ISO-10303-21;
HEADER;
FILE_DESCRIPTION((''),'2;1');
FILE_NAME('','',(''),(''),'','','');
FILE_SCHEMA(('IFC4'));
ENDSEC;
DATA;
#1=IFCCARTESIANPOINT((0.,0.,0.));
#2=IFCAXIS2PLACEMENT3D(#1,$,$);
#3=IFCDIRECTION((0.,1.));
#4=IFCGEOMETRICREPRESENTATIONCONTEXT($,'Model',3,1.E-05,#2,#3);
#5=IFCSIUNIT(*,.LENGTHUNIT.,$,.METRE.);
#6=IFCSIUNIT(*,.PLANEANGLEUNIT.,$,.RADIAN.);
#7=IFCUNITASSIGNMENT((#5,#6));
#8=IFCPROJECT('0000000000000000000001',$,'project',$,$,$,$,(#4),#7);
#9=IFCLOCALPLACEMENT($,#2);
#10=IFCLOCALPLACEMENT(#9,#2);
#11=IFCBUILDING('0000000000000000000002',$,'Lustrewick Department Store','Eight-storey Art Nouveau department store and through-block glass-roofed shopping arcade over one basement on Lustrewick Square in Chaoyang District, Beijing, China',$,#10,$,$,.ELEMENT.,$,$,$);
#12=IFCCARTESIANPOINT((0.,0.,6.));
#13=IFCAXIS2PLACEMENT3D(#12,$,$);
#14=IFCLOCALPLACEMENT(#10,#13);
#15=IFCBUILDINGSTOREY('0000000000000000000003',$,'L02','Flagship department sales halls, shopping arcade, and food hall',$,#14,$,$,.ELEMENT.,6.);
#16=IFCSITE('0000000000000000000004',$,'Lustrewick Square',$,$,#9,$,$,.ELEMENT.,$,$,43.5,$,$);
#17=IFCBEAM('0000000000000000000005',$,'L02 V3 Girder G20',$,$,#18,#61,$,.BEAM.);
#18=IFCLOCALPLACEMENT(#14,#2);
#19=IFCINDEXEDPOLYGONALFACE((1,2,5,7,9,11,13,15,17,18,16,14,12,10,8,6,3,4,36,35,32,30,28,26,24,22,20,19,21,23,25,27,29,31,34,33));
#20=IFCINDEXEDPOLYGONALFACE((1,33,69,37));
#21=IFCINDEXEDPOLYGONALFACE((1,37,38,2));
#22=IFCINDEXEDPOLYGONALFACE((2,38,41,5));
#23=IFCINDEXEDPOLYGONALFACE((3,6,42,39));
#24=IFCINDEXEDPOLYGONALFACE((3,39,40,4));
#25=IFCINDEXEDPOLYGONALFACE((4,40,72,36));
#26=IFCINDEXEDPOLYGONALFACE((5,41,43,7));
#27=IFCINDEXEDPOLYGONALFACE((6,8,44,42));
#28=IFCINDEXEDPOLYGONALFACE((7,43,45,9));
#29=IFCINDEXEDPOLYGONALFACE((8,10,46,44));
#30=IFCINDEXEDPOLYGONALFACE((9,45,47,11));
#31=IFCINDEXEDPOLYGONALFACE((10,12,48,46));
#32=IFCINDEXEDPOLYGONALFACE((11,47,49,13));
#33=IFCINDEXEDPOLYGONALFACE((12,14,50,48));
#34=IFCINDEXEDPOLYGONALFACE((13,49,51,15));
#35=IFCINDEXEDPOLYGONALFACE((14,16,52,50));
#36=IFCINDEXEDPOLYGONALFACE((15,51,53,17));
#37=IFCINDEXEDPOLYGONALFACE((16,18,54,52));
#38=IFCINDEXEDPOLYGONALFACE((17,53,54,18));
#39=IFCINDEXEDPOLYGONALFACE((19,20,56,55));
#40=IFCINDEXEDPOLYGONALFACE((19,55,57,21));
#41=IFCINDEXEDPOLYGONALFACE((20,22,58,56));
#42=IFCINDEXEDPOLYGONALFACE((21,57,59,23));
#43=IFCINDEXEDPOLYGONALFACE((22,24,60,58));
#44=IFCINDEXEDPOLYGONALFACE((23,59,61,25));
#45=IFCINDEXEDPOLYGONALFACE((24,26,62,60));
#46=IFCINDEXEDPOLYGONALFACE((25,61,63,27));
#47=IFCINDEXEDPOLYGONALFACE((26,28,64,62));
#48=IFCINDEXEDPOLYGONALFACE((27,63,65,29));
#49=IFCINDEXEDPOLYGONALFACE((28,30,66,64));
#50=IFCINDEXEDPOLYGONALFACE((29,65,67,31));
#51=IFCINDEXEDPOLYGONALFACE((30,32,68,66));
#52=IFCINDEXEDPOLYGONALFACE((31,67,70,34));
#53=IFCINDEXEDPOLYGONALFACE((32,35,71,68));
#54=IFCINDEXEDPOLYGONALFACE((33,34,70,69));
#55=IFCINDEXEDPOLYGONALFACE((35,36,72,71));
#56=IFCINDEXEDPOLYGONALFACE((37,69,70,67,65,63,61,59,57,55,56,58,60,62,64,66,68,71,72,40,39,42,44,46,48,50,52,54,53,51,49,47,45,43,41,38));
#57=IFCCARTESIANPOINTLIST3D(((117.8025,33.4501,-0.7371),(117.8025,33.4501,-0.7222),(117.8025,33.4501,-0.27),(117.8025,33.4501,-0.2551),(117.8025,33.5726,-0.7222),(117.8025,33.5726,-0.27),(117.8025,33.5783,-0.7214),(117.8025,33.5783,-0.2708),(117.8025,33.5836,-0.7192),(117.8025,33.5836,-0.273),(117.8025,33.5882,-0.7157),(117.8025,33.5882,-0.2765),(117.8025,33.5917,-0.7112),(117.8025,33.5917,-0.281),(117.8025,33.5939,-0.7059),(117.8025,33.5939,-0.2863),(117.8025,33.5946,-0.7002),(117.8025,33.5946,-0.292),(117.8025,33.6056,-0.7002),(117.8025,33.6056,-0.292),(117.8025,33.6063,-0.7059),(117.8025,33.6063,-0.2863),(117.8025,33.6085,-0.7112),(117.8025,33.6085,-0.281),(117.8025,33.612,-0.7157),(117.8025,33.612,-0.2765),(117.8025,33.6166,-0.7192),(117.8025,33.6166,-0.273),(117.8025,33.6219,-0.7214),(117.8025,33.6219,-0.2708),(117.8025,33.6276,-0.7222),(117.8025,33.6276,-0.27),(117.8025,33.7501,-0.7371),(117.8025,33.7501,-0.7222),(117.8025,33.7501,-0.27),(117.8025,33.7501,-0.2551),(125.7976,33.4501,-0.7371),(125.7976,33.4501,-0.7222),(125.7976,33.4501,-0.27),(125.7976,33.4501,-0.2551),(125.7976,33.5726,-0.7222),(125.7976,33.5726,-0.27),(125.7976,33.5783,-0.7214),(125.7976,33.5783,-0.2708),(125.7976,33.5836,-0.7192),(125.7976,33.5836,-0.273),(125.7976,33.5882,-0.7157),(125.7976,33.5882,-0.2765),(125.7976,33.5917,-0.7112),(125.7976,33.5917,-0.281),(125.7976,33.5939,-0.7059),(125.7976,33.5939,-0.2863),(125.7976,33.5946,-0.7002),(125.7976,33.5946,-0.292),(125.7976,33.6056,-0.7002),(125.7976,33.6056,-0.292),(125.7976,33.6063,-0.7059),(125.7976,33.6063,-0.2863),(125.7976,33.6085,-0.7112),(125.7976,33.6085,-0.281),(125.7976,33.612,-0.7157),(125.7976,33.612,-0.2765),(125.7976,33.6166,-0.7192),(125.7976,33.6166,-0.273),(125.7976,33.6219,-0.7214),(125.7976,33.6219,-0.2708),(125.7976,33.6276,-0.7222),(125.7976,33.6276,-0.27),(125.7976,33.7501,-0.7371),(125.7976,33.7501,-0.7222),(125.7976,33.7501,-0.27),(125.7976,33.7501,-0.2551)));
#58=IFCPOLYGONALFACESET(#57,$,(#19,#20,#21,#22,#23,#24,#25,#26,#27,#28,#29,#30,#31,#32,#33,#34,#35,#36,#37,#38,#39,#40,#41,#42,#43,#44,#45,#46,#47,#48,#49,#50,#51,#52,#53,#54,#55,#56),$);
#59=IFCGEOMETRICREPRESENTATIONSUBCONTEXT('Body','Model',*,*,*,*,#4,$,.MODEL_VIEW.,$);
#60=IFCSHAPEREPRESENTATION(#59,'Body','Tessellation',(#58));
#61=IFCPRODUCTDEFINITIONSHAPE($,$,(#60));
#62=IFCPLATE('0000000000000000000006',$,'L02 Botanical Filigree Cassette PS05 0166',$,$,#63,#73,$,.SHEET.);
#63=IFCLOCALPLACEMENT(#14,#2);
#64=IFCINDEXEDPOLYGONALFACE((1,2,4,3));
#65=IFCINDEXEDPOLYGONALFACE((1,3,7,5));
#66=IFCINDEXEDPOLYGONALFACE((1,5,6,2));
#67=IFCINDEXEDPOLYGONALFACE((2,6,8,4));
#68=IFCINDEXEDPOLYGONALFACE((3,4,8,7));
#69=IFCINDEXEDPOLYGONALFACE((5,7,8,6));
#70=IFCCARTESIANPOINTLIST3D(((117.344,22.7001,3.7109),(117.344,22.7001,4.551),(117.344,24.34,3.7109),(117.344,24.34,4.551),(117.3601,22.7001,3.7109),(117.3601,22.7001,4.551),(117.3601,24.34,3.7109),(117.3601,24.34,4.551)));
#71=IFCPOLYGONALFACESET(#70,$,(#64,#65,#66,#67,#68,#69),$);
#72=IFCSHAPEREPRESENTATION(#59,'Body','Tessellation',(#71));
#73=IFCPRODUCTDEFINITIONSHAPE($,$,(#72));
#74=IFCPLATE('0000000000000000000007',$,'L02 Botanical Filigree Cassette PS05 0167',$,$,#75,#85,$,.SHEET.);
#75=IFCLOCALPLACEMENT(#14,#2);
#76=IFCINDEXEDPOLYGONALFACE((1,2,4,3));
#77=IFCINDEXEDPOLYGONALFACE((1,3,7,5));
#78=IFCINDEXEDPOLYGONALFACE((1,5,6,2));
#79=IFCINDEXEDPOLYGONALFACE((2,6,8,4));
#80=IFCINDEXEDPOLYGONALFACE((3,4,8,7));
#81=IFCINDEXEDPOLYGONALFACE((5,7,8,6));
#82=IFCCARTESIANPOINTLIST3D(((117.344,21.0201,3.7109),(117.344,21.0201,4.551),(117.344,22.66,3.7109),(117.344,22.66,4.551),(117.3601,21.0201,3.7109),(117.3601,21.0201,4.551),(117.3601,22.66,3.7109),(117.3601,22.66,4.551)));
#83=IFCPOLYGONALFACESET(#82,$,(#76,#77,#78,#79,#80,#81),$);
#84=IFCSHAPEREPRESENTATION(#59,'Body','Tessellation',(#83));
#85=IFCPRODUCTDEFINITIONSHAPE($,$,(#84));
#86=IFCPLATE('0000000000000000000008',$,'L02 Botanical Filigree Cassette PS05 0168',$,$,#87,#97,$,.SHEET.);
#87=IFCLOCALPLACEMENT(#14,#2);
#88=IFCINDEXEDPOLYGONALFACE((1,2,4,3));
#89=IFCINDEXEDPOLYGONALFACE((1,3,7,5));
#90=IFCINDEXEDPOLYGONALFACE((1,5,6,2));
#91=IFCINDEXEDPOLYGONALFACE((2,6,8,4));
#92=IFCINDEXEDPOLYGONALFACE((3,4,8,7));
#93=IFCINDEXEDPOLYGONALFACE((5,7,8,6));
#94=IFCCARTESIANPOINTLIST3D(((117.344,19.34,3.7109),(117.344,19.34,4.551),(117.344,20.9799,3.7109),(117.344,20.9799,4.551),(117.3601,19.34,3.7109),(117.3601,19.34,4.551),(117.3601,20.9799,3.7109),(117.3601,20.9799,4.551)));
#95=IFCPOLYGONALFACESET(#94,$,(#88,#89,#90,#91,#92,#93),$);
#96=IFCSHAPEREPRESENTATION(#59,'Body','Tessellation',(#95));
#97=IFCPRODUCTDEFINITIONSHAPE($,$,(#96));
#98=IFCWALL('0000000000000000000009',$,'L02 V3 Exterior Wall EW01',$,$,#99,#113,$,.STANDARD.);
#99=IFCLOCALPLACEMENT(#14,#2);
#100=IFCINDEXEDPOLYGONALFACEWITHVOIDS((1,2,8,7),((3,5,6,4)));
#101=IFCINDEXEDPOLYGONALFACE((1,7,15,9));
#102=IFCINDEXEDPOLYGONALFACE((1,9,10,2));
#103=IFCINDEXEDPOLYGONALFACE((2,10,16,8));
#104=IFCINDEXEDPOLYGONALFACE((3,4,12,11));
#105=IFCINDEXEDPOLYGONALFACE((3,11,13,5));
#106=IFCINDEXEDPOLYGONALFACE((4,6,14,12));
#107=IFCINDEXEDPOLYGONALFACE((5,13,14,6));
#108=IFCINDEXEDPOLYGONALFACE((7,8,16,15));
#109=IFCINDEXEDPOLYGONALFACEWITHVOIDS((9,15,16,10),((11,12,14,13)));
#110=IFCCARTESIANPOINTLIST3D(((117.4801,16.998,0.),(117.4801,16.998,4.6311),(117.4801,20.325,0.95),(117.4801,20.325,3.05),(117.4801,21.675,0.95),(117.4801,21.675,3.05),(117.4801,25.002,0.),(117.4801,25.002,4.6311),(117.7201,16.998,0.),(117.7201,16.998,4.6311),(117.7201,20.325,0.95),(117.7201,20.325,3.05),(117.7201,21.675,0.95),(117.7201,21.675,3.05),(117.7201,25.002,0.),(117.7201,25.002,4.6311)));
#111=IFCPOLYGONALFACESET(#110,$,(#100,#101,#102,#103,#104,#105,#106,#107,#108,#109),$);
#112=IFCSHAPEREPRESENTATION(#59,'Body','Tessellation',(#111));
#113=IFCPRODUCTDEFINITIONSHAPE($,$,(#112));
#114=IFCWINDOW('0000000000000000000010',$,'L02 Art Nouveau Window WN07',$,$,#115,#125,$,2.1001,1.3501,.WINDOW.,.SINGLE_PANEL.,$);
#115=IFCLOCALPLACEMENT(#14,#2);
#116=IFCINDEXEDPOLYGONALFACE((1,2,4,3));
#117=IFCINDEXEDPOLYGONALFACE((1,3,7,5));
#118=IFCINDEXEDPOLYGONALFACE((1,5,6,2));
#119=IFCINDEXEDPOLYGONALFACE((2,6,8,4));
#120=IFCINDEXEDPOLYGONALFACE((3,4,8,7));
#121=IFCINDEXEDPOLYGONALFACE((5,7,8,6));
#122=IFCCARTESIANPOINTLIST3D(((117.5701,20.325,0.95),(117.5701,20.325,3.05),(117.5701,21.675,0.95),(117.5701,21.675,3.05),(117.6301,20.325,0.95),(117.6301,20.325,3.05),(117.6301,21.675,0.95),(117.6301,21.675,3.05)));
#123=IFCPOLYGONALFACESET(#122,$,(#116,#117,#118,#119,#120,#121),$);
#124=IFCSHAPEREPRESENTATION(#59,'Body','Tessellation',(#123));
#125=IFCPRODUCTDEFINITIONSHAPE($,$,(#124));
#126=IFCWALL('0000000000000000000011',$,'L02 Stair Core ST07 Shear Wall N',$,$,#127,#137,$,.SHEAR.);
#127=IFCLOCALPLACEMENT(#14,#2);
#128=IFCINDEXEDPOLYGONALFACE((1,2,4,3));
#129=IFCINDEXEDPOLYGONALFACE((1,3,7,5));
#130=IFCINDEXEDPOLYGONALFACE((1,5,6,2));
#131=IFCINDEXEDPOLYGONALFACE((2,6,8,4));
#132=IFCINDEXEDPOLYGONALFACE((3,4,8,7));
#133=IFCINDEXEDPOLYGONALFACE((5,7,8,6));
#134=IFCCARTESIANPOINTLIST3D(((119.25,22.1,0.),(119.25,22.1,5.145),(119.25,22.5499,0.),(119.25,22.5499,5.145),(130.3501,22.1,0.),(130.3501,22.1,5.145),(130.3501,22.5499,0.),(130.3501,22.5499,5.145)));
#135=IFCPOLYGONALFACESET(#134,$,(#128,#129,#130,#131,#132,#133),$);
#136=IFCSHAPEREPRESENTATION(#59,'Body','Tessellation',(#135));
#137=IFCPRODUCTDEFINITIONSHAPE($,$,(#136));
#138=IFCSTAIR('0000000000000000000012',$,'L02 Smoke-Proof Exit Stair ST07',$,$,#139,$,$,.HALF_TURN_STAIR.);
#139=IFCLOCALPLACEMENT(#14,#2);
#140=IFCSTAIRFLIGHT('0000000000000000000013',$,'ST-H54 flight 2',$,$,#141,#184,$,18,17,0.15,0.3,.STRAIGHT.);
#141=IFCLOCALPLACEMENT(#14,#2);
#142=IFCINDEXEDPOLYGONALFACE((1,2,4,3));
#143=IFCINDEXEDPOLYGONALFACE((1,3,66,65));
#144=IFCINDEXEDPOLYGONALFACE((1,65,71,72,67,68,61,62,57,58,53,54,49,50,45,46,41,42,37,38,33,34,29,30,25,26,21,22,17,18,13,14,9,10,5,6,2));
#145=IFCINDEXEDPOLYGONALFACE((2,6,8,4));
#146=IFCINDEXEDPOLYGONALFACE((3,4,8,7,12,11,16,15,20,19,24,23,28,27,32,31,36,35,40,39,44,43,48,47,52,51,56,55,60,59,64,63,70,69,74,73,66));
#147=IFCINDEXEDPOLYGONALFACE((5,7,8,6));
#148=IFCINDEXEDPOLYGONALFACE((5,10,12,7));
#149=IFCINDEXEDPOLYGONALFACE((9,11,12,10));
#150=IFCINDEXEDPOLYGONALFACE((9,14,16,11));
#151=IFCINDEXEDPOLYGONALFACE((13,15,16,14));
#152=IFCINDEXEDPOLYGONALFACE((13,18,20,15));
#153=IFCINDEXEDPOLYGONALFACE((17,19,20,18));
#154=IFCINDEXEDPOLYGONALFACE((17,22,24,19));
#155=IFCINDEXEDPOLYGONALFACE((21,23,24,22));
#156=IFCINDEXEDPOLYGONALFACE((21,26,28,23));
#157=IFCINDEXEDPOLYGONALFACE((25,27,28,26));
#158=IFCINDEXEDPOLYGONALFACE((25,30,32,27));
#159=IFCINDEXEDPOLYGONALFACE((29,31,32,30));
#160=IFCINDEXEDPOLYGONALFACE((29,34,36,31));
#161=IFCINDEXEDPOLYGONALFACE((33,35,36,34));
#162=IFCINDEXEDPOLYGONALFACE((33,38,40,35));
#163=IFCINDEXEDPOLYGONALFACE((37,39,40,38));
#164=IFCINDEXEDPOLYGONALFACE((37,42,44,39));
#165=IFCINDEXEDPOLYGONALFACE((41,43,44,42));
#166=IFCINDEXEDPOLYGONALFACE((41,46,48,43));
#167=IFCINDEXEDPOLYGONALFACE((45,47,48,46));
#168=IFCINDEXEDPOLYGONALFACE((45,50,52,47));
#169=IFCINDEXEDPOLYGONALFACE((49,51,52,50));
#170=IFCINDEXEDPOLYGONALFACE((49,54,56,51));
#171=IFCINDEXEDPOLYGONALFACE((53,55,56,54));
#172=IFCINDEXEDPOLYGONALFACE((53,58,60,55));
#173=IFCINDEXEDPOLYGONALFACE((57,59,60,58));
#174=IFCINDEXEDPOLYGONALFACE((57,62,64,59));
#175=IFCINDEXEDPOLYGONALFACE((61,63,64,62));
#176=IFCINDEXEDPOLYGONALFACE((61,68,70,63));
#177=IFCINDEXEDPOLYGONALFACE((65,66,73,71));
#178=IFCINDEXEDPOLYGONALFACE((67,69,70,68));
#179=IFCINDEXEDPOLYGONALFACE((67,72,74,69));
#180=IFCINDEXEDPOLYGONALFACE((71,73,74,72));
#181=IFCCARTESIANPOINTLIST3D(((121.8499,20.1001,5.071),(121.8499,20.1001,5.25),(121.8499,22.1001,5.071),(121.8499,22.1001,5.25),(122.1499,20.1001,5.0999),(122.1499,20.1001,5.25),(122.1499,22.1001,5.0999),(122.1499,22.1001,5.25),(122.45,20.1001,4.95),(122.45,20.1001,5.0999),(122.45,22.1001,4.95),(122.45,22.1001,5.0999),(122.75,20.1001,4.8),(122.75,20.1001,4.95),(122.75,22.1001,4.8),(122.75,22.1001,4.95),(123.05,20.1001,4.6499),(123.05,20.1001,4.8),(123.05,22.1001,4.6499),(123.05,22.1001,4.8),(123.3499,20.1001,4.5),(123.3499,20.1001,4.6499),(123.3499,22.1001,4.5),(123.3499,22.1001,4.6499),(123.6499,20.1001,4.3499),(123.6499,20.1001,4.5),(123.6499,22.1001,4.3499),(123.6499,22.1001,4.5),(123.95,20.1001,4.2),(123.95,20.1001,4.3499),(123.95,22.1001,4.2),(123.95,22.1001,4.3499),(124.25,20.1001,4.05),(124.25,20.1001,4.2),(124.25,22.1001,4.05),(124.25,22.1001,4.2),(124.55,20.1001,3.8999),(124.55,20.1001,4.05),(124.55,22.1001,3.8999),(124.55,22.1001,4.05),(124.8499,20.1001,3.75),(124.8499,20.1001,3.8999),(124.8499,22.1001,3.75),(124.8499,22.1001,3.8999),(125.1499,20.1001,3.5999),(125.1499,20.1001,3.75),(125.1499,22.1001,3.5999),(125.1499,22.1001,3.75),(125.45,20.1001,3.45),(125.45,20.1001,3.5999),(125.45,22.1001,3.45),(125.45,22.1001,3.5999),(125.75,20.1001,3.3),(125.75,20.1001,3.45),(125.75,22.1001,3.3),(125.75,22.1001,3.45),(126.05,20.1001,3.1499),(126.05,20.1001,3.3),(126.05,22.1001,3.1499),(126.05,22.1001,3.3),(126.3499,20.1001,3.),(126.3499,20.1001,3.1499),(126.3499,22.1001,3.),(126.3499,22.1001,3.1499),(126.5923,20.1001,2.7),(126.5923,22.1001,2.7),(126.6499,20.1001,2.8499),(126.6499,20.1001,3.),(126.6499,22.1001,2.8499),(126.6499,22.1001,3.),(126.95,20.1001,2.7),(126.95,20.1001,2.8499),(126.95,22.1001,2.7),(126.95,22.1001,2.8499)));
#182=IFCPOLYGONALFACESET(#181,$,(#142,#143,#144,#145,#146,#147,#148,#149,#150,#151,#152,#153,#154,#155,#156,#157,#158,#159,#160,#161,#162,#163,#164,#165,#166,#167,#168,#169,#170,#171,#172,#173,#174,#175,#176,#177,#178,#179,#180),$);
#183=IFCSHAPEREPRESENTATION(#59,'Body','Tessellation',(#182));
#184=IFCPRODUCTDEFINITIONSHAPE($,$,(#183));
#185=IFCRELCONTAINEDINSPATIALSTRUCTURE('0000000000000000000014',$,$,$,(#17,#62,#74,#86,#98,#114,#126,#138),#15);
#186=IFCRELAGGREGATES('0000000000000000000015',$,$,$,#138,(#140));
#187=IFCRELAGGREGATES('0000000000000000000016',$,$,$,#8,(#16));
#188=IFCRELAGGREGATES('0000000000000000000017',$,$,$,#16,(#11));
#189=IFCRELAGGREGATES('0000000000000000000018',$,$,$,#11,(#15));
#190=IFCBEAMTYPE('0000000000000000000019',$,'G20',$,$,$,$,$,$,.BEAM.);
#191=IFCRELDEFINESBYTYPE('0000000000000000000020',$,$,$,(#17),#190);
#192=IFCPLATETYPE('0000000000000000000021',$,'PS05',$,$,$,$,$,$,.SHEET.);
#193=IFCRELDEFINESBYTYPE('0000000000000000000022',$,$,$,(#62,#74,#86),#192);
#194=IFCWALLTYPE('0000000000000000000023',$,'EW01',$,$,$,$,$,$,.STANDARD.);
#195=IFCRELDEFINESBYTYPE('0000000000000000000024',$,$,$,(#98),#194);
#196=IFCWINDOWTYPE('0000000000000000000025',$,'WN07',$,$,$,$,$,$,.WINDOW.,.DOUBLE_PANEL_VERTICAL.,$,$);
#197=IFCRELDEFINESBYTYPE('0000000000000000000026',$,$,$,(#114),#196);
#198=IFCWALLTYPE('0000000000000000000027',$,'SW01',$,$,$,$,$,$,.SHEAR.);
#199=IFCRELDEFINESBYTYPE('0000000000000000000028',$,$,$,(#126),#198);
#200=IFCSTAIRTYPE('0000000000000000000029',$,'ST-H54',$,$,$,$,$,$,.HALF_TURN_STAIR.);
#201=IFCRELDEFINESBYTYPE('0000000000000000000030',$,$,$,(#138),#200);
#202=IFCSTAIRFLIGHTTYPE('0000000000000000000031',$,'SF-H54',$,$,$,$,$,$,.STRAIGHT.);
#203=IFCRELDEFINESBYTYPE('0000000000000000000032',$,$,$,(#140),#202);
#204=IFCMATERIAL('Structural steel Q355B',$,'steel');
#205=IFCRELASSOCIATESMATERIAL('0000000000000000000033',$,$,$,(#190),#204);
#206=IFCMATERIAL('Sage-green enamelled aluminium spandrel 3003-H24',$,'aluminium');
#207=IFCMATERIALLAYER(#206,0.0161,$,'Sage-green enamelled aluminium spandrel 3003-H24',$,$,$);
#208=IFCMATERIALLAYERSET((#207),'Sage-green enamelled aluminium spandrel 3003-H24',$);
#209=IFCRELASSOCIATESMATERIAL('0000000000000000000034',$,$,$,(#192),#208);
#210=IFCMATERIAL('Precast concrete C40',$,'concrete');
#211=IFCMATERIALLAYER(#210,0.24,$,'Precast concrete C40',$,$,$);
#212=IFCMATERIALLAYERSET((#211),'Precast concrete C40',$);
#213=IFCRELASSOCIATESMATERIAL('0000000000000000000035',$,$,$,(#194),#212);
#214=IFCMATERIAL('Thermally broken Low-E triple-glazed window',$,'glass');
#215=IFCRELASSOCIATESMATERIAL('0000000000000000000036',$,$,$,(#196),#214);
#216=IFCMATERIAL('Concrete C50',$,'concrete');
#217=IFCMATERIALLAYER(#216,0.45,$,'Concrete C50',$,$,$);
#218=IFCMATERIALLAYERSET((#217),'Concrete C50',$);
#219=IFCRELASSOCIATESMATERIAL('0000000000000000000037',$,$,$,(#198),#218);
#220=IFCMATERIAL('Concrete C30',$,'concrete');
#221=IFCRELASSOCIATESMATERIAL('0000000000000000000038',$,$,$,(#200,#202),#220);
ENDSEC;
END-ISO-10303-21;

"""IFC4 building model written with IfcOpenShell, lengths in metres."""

from ifc_helpers import new_model, si_unit, direction, frame, frame_2d, origin, origin_2d, place, context, subcontext, project, spatial, polyline, rectangle, i_section, outline, extrude, material, layer, layer_set, material_profile, profile_set, type_object, element, fill, aggregate, save


model = new_model("IFC4")

# Units and contexts
model_context = context("Model", 3, precision=1e-05, world=origin(), true_north=direction((0.0, 1.0)))
body_context = subcontext(model_context, "Body", "Model", "MODEL_VIEW")
ifc_project = project(units=[si_unit("LENGTHUNIT", "METRE"), si_unit("PLANEANGLEUNIT", "RADIAN")], contexts=[model_context])

# Site, building, storey
site_placement = place(None, origin())
site = spatial("IfcSite", under=ifc_project, at=site_placement, Name="Lustrewick Square", CompositionType="ELEMENT", RefElevation=43.5)
building_placement = place(site_placement, origin())
building = spatial("IfcBuilding", under=site, at=building_placement, Name="Lustrewick Department Store", Description="Eight-storey Art Nouveau department store and through-block glass-roofed shopping arcade over one basement on Lustrewick Square in Chaoyang District, Beijing, China", CompositionType="ELEMENT")
storey_placement = place(building_placement, frame((0.0, 0.0, 6.0)))
storey = spatial("IfcBuildingStorey", under=building, at=storey_placement, Name="L02", Description="Flagship department sales halls, shopping arcade, and food hall", CompositionType="ELEMENT", Elevation=6.0)

# Shared definitions
ifc_material_1 = material(Name="Structural steel Q355B", Category="steel")

# Beam
ifc_material_profile_1 = material_profile(ifc_material_1, i_section(OverallWidth=0.3, OverallDepth=0.4819, WebThickness=0.011, FlangeThickness=0.0149, FilletRadius=0.022, at=origin_2d()), Name="HM 482x300x11x15")
ifc_profile_set_1 = profile_set([ifc_material_profile_1], Name="Structural steel Q355B")
beam_type_1 = type_object("IfcBeamType", Name="G20", PredefinedType="BEAM", material=ifc_profile_set_1)
beam_1_placement = place(storey_placement, frame((117.8025, 33.6001, -0.4961), z_axis=(1.0, 0.0, 0.0), x_axis=(0.0, 1.0, 0.0)))
element("IfcBeam", 1, at=beam_1_placement, inside=storey, type_object=beam_type_1, Name="L02 V3 Girder G20", PredefinedType="BEAM", context=body_context, shape_type="SweptSolid", body=[
    extrude(i_section(OverallWidth=0.3, OverallDepth=0.4819, WebThickness=0.011, FlangeThickness=0.0149, FilletRadius=0.022, at=origin_2d()), origin(), (0.0, 0.0, 1.0), 7.9951),
])

# Plates
ifc_material_2 = material(Name="Sage-green enamelled aluminium spandrel 3003-H24", Category="aluminium")
ifc_layer_1 = layer(ifc_material_2, 0.0161, Name="Sage-green enamelled aluminium spandrel 3003-H24")
ifc_layer_set_1 = layer_set([ifc_layer_1], Name="Sage-green enamelled aluminium spandrel 3003-H24")
plate_type = type_object("IfcPlateType", Name="PS05", PredefinedType="SHEET", material=ifc_layer_set_1)
for number, where, z_axis, x_axis, name in (
    (2, (117.3521, 23.52, 3.7109), (0.0, 0.0, 1.0), (0.0, -1.0, 0.0), "L02 Botanical Filigree Cassette PS05 0166"),
    (3, (117.3521, 21.8401, 3.7109), (0.0, 0.0, 1.0), (0.0, -1.0, 0.0), "L02 Botanical Filigree Cassette PS05 0167"),
    (4, (117.3521, 20.1599, 3.7109), (0.0, 0.0, 1.0), (0.0, -1.0, 0.0), "L02 Botanical Filigree Cassette PS05 0168"),
):
    element("IfcPlate", number, at=place(storey_placement, frame(where, z_axis=z_axis, x_axis=x_axis)), inside=storey, type_object=plate_type, Name=name, PredefinedType="SHEET", context=body_context, shape_type="SweptSolid", body=[
        extrude(rectangle(XDim=1.6399, YDim=0.0161, at=origin_2d()), origin(), (0.0, 0.0, 1.0), 0.8401),
    ])

# Wall, opening, window
ifc_material_3 = material(Name="Precast concrete C40", Category="concrete")
ifc_layer_2 = layer(ifc_material_3, 0.24, Name="Precast concrete C40")
ifc_layer_set_2 = layer_set([ifc_layer_2], Name="Precast concrete C40")
wall_type_1 = type_object("IfcWallType", Name="EW01", PredefinedType="STANDARD", material=ifc_layer_set_2)
wall_1_placement = place(storey_placement, frame((117.6001, 25.002, 0.0), z_axis=(0.0, 0.0, 1.0), x_axis=(0.0, -1.0, 0.0)))
wall_1 = element("IfcWall", 5, at=wall_1_placement, inside=storey, type_object=wall_type_1, Name="L02 V3 Exterior Wall EW01", PredefinedType="STANDARD", context=body_context, shape_type="SweptSolid", body=[
    extrude(rectangle(XDim=8.0039, YDim=0.24, at=frame_2d((4.002, 0.0))), origin(), (0.0, 0.0, 1.0), 4.6311),
])
opening_1_placement = place(wall_1_placement, frame((3.3269, 0.0, 0.95)))
opening_1 = element("IfcOpeningElement", 6, at=opening_1_placement, cuts=wall_1, PredefinedType="OPENING", context=body_context, shape_type="SweptSolid", body=[
    extrude(rectangle(XDim=1.3501, YDim=2.1001, at=frame_2d((0.675, 1.05))), frame((0.0, 0.1299, 0.0), z_axis=(0.0, -1.0, 0.0), x_axis=(1.0, 0.0, 0.0)), (0.0, 0.0, 1.0), 0.26),
])
ifc_material_4 = material(Name="Thermally broken Low-E triple-glazed window", Category="glass")
window_type = type_object("IfcWindowType", Name="WN07", PartitioningType="DOUBLE_PANEL_VERTICAL", PredefinedType="WINDOW", material=ifc_material_4)
window_placement = place(opening_1_placement, origin())
window = element("IfcWindow", 7, at=window_placement, inside=storey, type_object=window_type, Name="L02 Art Nouveau Window WN07", OverallHeight=2.1001, OverallWidth=1.3501, PartitioningType="SINGLE_PANEL", PredefinedType="WINDOW", context=body_context, shape_type="SweptSolid", body=[
    extrude(rectangle(XDim=1.3501, YDim=2.1001, at=frame_2d((0.675, 1.05))), frame((0.0, 0.03, 0.0), z_axis=(0.0, -1.0, 0.0), x_axis=(1.0, 0.0, 0.0)), (0.0, 0.0, 1.0), 0.0601),
])
fill(opening_1, window)

# Wall
ifc_material_5 = material(Name="Concrete C50", Category="concrete")
ifc_layer_3 = layer(ifc_material_5, 0.45, Name="Concrete C50")
ifc_layer_set_3 = layer_set([ifc_layer_3], Name="Concrete C50")
wall_type_2 = type_object("IfcWallType", Name="SW01", PredefinedType="SHEAR", material=ifc_layer_set_3)
wall_2_placement = place(storey_placement, frame((130.3501, 22.325, 0.0), z_axis=(0.0, 0.0, 1.0), x_axis=(-1.0, 0.0, 0.0)))
element("IfcWall", 8, at=wall_2_placement, inside=storey, type_object=wall_type_2, Name="L02 Stair Core ST07 Shear Wall N", PredefinedType="SHEAR", context=body_context, shape_type="SweptSolid", body=[
    extrude(rectangle(XDim=11.1001, YDim=0.45, at=frame_2d((5.55, 0.0))), origin(), (0.0, 0.0, 1.0), 5.145),
])

# Stair, stair flight
ifc_material_6 = material(Name="Concrete C30", Category="concrete")
stair_type = type_object("IfcStairType", Name="ST-H54", PredefinedType="HALF_TURN_STAIR", material=ifc_material_6)
stair_placement = place(storey_placement, origin())
stair = element("IfcStair", 9, at=stair_placement, inside=storey, type_object=stair_type, Name="L02 Smoke-Proof Exit Stair ST07", PredefinedType="HALF_TURN_STAIR")
stair_flight_type = type_object("IfcStairFlightType", Name="SF-H54", PredefinedType="STRAIGHT", material=ifc_material_6)
stair_flight_placement = place(storey_placement, frame((126.95, 21.1001, 2.7), z_axis=(0.0, 0.0, 1.0), x_axis=(-1.0, 0.0, 0.0)))
stair_flight = element("IfcStairFlight", 10, at=stair_flight_placement, type_object=stair_flight_type, Name="ST-H54 flight 2", NumberOfRisers=18, NumberOfTreads=17, PredefinedType="STRAIGHT", RiserHeight=0.15, TreadLength=0.3, context=body_context, shape_type="SweptSolid", body=[
    extrude(outline(polyline([(0.0, 0.0), (0.0, 0.1499), (0.3, 0.1499), (0.3, 0.3), (0.6001, 0.3), (0.6001, 0.45), (0.8999, 0.45), (0.8999, 0.6001), (1.2, 0.6001), (1.2, 0.75), (1.5, 0.75), (1.5, 0.8999), (1.8, 0.8999), (1.8, 1.05), (2.1001, 1.05), (2.1001, 1.2), (2.3999, 1.2), (2.3999, 1.3501), (2.7, 1.3501), (2.7, 1.5), (3.0, 1.5), (3.0, 1.6499), (3.3, 1.6499), (3.3, 1.8), (3.6001, 1.8), (3.6001, 1.95), (3.8999, 1.95), (3.8999, 2.1001), (4.2, 2.1001), (4.2, 2.25), (4.5, 2.25), (4.5, 2.3999), (4.8, 2.3999), (4.8, 2.55), (5.1001, 2.55), (5.1001, 2.7), (5.1001, 2.3711), (0.3577, 0.0), (0.0, 0.0)])), frame((0.0, 1.0, 0.0), z_axis=(0.0, -1.0, 0.0), x_axis=(1.0, 0.0, 0.0)), (0.0, 0.0, 1.0), 2.0),
])
aggregate(stair, [stair_flight])

save(model, "model.ifc")
